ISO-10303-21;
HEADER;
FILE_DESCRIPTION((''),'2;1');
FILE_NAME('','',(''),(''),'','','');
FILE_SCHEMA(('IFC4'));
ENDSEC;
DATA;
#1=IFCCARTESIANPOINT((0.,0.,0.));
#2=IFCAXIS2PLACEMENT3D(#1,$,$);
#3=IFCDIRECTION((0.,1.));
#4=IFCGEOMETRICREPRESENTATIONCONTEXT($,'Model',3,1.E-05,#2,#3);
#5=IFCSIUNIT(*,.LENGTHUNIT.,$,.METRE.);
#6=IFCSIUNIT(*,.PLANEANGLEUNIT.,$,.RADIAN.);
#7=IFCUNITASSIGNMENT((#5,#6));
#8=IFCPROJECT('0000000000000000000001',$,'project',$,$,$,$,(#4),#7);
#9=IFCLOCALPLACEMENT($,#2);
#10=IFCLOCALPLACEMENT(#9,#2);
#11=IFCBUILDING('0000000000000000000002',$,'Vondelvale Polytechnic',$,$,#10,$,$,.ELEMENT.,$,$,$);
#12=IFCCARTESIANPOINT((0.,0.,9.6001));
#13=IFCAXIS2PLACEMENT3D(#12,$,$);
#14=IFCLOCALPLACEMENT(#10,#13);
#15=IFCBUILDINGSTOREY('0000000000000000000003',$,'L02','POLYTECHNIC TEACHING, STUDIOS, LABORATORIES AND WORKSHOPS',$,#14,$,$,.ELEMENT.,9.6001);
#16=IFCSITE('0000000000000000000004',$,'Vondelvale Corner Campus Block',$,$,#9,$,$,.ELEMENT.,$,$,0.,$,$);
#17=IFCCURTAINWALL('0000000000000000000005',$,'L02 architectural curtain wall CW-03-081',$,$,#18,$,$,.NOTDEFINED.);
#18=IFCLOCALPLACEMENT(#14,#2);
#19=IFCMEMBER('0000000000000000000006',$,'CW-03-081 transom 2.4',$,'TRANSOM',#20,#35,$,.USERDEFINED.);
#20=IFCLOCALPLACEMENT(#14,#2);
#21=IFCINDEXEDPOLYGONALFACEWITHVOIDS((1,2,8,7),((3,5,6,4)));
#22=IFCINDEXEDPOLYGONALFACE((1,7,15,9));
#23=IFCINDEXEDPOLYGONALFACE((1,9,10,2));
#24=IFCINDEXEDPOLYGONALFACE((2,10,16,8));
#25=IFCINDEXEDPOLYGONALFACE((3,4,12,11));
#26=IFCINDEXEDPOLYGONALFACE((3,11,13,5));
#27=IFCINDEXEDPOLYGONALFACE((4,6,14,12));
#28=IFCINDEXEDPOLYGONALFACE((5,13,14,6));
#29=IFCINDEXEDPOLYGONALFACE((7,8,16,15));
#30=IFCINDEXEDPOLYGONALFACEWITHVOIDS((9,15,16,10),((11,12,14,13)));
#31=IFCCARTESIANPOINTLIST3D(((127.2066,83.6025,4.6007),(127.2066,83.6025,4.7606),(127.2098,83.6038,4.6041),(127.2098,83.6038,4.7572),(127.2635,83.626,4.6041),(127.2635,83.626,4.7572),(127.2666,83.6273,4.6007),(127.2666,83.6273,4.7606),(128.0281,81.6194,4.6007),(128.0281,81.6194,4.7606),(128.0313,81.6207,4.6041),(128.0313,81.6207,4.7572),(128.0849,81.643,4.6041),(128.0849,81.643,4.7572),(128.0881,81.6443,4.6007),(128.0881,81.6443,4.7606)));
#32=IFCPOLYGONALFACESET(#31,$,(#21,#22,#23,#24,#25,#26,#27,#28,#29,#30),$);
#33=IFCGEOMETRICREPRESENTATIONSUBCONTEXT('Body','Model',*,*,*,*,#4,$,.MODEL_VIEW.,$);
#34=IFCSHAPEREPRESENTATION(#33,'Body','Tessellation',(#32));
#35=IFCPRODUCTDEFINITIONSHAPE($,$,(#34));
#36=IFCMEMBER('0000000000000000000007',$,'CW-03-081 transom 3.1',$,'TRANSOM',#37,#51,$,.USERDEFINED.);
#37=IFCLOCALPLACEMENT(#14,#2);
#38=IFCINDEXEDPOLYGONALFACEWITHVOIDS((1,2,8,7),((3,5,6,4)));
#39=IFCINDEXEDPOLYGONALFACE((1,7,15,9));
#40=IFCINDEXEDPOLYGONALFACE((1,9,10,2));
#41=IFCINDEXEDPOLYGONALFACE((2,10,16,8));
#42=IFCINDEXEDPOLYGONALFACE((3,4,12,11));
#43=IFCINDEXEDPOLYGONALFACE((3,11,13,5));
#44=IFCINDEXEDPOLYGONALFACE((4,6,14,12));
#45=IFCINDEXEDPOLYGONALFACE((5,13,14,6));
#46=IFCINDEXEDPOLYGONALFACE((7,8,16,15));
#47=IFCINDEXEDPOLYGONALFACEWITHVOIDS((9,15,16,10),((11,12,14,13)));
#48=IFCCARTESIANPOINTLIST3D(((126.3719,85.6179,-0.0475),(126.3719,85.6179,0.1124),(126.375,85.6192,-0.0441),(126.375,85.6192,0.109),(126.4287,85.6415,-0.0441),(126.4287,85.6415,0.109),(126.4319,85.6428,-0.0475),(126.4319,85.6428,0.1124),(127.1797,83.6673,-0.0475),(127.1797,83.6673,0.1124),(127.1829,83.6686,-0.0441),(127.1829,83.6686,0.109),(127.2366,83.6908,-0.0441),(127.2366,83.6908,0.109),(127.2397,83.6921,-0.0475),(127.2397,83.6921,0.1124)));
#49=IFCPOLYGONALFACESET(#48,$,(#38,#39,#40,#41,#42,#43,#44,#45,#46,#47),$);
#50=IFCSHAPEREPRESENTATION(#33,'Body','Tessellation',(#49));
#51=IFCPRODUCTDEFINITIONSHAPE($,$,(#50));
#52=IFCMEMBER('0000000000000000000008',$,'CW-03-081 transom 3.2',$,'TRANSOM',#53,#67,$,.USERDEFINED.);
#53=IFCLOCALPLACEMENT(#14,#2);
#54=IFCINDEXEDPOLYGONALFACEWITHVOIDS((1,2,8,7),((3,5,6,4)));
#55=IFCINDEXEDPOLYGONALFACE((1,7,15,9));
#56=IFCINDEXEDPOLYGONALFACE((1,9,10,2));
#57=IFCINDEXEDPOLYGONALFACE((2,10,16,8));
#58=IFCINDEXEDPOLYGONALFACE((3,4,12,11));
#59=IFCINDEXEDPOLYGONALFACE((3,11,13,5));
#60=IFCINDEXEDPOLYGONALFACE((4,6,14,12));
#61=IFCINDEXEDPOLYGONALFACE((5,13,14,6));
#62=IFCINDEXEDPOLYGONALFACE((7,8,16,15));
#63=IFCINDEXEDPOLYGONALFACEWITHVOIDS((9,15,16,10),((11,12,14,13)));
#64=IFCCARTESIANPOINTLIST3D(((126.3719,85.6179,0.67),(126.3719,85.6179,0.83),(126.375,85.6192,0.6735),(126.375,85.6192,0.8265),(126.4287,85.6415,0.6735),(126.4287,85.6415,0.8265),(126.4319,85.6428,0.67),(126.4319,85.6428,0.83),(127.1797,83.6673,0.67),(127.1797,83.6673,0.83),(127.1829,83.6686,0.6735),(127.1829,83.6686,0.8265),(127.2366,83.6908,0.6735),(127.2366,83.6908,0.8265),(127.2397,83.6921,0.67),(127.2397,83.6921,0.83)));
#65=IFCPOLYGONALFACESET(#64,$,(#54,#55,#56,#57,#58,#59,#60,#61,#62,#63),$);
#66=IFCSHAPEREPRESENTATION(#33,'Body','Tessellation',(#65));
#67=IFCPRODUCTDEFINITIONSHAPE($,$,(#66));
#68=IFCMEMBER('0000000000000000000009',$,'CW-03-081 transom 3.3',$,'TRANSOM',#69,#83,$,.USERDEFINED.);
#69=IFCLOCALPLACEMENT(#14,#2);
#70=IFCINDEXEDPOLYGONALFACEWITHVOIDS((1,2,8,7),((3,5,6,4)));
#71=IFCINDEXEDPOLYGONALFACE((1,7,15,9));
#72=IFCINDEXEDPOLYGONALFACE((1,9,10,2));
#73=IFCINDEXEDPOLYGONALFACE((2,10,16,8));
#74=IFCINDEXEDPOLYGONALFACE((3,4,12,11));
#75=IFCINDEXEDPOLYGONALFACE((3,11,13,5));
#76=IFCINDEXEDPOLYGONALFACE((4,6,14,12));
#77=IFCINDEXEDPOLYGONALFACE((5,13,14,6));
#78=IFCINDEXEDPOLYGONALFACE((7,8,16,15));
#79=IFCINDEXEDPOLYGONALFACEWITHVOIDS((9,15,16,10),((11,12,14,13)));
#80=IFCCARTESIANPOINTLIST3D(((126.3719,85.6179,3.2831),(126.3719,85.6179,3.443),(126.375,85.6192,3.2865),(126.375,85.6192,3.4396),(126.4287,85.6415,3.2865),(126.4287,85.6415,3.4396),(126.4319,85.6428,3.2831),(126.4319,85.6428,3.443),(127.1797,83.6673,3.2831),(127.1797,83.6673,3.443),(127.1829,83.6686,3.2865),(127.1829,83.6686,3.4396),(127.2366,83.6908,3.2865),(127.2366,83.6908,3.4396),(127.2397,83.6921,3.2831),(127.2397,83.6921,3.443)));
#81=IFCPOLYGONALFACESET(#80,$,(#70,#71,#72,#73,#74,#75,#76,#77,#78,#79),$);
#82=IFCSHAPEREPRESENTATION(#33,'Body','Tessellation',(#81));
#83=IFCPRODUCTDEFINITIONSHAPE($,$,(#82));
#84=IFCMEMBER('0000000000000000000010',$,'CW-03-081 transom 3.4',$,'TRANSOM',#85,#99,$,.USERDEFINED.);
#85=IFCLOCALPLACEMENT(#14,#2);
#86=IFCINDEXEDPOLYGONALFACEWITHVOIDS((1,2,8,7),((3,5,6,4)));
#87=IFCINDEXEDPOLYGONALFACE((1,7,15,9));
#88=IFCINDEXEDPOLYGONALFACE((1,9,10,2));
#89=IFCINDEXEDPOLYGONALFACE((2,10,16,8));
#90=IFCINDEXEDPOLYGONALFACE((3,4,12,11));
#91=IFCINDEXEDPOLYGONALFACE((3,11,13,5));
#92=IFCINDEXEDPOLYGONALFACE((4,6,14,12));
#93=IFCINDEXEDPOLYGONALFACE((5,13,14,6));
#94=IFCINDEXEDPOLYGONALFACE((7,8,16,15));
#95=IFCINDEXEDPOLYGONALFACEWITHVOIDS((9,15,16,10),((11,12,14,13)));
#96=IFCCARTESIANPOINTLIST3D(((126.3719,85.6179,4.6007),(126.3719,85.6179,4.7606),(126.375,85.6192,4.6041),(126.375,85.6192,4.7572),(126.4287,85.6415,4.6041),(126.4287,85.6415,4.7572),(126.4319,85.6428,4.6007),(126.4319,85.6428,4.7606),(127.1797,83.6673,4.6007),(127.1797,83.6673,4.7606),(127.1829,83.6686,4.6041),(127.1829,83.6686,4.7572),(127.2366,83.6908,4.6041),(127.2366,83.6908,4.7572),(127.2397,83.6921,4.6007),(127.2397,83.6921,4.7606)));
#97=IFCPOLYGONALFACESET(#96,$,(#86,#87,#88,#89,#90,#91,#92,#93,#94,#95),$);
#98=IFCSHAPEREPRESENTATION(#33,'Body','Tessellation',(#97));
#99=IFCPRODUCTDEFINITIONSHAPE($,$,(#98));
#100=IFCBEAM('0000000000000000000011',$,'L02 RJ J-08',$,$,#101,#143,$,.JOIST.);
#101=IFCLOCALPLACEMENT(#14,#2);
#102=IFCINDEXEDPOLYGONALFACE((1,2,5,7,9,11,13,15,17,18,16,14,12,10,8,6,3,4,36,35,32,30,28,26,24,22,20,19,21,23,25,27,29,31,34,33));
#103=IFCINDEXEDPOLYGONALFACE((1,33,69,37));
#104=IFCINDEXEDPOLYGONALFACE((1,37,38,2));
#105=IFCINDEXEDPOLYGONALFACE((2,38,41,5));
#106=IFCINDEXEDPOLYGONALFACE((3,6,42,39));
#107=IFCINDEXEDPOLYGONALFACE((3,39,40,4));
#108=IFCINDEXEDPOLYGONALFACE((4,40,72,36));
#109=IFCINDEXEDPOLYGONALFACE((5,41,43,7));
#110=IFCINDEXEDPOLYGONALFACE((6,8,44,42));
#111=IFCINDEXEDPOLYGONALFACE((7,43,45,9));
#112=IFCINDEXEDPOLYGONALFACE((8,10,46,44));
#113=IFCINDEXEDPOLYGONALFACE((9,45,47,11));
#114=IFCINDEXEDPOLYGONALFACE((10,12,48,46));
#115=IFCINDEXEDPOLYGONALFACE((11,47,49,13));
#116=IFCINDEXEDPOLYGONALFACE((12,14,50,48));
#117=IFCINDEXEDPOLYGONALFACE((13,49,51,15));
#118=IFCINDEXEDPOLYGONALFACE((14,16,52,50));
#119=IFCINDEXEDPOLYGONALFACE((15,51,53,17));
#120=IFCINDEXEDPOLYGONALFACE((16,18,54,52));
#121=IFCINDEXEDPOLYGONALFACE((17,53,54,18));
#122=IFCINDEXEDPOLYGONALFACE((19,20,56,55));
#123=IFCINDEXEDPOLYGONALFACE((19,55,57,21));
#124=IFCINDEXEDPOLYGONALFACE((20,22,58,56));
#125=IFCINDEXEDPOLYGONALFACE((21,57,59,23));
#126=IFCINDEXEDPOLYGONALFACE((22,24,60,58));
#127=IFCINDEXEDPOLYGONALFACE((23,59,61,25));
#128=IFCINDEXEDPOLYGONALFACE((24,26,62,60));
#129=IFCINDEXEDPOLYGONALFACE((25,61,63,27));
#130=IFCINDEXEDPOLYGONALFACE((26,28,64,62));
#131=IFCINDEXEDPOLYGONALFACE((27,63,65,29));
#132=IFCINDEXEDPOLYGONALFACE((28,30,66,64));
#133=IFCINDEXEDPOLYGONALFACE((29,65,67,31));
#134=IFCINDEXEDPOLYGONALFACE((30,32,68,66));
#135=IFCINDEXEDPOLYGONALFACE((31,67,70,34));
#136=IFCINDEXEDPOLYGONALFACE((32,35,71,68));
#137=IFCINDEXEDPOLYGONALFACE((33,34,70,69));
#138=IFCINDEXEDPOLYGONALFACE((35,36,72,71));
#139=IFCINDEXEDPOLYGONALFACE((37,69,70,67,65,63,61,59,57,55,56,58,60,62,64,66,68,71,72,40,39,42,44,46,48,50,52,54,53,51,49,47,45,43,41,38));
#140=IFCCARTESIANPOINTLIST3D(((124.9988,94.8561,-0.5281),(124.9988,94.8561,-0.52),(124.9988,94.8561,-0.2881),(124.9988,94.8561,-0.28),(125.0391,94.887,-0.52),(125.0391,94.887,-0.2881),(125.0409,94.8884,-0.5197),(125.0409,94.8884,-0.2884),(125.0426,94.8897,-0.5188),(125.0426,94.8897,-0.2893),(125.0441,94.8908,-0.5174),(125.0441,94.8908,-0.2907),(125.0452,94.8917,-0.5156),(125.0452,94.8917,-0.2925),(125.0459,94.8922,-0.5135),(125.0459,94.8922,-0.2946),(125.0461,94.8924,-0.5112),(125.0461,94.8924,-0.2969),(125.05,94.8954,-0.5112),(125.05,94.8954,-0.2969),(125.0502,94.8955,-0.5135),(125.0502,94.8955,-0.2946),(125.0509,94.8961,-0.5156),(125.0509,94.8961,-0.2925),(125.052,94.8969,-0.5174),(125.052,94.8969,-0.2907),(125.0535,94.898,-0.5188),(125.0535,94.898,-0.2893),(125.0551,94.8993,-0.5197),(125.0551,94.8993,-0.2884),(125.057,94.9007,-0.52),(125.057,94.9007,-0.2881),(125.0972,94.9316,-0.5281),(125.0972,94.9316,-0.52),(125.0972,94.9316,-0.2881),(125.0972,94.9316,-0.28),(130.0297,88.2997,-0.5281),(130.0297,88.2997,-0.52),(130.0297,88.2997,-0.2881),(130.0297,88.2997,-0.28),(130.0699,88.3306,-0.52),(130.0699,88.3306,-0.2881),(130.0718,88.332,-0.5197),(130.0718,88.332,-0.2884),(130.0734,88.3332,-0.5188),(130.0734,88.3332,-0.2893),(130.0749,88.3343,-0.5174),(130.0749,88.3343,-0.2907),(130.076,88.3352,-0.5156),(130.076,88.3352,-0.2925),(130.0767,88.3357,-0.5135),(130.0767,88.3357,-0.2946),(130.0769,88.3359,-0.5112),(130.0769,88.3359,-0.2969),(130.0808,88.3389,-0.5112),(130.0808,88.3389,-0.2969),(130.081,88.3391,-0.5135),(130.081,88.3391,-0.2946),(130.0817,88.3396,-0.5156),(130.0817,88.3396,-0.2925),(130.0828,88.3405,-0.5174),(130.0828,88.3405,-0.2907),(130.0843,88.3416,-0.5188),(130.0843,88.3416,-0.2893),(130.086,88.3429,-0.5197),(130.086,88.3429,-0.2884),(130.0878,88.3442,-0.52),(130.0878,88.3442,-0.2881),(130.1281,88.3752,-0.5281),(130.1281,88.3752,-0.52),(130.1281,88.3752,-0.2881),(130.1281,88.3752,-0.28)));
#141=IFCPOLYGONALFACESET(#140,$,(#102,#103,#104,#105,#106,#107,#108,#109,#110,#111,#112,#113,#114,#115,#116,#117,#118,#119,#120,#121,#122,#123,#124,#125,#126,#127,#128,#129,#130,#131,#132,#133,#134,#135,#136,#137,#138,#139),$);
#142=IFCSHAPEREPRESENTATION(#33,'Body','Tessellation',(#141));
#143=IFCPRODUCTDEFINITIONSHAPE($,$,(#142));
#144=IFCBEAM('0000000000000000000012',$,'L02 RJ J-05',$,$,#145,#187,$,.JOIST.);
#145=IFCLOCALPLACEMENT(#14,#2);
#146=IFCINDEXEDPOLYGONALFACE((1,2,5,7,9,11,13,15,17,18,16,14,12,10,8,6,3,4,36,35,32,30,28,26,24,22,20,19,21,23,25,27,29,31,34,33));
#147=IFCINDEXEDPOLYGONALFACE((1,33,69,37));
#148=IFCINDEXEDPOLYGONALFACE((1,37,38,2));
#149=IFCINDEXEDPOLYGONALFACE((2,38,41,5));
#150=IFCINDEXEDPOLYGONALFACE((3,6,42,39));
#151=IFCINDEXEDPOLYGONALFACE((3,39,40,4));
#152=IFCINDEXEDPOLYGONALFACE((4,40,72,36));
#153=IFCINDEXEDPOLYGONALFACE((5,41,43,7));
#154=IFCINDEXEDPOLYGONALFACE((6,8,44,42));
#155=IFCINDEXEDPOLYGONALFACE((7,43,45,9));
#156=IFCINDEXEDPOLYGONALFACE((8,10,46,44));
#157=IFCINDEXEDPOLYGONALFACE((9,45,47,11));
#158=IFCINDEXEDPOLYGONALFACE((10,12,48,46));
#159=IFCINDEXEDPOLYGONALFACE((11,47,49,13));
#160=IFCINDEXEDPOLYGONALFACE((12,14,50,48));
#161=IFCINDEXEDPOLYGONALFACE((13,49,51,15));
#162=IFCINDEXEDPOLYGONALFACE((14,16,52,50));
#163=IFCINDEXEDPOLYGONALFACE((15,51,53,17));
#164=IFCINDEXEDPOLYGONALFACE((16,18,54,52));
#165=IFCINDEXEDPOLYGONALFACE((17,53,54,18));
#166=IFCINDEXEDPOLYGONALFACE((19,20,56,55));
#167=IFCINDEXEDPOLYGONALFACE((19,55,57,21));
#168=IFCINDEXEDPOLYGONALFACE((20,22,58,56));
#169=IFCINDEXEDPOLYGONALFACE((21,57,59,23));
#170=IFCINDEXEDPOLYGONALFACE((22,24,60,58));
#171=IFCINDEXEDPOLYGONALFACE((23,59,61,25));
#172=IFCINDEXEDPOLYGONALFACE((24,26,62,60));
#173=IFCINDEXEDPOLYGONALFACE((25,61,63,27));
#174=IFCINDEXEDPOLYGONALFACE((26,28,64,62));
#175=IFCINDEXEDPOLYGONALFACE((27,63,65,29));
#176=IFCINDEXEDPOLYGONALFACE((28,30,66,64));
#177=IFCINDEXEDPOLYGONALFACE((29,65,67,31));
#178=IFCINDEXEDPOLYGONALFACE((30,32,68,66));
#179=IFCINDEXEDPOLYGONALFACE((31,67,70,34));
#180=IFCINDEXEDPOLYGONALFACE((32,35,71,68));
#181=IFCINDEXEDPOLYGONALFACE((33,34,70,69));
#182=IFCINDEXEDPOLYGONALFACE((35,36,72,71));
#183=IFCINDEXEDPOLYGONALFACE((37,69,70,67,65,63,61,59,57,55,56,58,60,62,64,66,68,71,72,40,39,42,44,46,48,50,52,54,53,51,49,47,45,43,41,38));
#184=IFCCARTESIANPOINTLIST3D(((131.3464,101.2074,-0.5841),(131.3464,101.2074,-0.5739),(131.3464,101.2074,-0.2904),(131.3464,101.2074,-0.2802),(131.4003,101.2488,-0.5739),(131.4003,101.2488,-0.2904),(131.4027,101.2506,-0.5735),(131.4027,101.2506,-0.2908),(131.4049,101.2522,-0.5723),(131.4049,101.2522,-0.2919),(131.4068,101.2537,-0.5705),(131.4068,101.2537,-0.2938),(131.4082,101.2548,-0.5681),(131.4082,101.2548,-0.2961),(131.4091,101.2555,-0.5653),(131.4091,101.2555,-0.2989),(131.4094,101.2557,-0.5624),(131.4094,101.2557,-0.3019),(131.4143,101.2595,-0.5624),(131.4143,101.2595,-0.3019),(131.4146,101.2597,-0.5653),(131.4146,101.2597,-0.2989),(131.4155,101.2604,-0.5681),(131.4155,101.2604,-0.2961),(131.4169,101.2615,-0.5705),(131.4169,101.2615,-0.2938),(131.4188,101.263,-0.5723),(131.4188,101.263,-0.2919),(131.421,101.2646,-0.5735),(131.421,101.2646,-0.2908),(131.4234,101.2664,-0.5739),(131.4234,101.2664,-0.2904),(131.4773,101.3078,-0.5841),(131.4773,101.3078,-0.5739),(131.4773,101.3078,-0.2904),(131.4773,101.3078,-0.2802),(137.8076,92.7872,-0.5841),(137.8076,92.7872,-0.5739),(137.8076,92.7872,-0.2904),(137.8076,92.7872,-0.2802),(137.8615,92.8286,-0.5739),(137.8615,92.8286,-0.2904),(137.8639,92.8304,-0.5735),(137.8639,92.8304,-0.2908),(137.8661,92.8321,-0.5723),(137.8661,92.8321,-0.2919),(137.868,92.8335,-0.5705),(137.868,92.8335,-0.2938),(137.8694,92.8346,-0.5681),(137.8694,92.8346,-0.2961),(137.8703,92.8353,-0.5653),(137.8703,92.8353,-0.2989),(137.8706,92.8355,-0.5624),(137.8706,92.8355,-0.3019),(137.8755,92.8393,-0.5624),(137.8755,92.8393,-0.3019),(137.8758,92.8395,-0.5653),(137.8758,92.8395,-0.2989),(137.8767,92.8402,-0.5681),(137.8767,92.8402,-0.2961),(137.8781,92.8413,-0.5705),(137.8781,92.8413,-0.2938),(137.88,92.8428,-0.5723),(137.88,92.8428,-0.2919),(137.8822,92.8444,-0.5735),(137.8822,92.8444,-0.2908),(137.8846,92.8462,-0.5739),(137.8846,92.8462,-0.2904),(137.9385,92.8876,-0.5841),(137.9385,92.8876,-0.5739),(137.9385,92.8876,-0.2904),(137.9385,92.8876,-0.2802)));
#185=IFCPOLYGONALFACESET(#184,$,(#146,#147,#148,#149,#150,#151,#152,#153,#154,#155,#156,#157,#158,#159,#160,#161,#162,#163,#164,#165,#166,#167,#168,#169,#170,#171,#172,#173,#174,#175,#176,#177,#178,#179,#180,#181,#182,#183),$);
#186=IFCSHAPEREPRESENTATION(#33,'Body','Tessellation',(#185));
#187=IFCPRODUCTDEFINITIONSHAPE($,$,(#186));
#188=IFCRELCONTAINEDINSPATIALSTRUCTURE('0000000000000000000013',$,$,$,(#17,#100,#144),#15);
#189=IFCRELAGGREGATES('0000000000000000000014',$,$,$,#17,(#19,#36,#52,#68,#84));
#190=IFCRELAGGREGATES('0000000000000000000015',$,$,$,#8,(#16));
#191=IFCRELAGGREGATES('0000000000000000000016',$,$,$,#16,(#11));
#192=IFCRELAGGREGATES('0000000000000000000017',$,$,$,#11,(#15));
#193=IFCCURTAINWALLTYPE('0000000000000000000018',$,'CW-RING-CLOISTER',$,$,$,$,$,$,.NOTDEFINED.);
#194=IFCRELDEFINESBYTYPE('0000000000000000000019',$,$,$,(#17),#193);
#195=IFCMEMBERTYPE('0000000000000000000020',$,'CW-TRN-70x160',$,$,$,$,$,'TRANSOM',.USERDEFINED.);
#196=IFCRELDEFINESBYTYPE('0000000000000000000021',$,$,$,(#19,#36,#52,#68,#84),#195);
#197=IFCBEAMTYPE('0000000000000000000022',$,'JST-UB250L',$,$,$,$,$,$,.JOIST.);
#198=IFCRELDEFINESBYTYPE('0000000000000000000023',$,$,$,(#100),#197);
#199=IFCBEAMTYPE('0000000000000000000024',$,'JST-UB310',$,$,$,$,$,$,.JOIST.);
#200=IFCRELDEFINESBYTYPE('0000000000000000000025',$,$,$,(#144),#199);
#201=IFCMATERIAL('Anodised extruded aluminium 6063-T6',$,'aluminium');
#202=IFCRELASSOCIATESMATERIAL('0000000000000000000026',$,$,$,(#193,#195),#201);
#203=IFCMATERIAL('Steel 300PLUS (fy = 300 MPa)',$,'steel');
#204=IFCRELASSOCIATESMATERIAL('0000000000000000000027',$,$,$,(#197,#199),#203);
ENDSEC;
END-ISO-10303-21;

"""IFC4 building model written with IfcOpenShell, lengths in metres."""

from ifc_helpers import new_model, si_unit, direction, frame, origin, origin_2d, place, context, subcontext, project, spatial, hollow_rectangle, i_section, extrude, material, material_profile, profile_set, type_object, element, aggregate, save


model = new_model("IFC4")

# Units and contexts
model_context = context("Model", 3, precision=1e-05, world=origin(), true_north=direction((0.0, 1.0)))
body_context = subcontext(model_context, "Body", "Model", "MODEL_VIEW")
ifc_project = project(units=[si_unit("LENGTHUNIT", "METRE"), si_unit("PLANEANGLEUNIT", "RADIAN")], contexts=[model_context])

# Site, building, storey
site_placement = place(None, origin())
site = spatial("IfcSite", under=ifc_project, at=site_placement, Name="Vondelvale Corner Campus Block", CompositionType="ELEMENT", RefElevation=0.0)
building_placement = place(site_placement, origin())
building = spatial("IfcBuilding", under=site, at=building_placement, Name="Vondelvale Polytechnic", CompositionType="ELEMENT")
storey_placement = place(building_placement, frame((0.0, 0.0, 9.6001)))
storey = spatial("IfcBuildingStorey", under=building, at=storey_placement, Name="L02", Description="POLYTECHNIC TEACHING, STUDIOS, LABORATORIES AND WORKSHOPS", CompositionType="ELEMENT", Elevation=9.6001)

# Shared definitions
ifc_material_1 = material(Name="Steel 300PLUS (fy = 300 MPa)", Category="steel")

# Curtain wall, members
ifc_material_2 = material(Name="Anodised extruded aluminium 6063-T6", Category="aluminium")
curtain_wall_type = type_object("IfcCurtainWallType", Name="CW-RING-CLOISTER", PredefinedType="NOTDEFINED", material=ifc_material_2)
curtain_wall_placement = place(storey_placement, origin())
curtain_wall = element("IfcCurtainWall", 1, at=curtain_wall_placement, inside=storey, type_object=curtain_wall_type, Name="L02 architectural curtain wall CW-03-081", PredefinedType="NOTDEFINED")
ifc_material_profile_1 = material_profile(ifc_material_2, hollow_rectangle(XDim=0.0649, YDim=0.1599, WallThickness=0.0034, at=origin_2d()), Name="CW-TRN-160x65")
ifc_profile_set_1 = profile_set([ifc_material_profile_1], Name="Anodised extruded aluminium 6063-T6")
member_type_1 = type_object("IfcMemberType", Name="CW-TRN-70x160", ElementType="TRANSOM", PredefinedType="USERDEFINED", material=ifc_profile_set_1)
member_1_placement = place(storey_placement, frame((128.0581, 81.6318, 4.6807), z_axis=(-0.382717, 0.923866, 0.0), x_axis=(-0.923866, -0.382717, 0.0)))
member_1 = element("IfcMember", 2, at=member_1_placement, type_object=member_type_1, Name="CW-03-081 transom 2.4", ObjectType="TRANSOM", PredefinedType="USERDEFINED", context=body_context, shape_type="SweptSolid", body=[
    extrude(hollow_rectangle(XDim=0.0649, YDim=0.1599, WallThickness=0.0034, at=origin_2d()), origin(), (0.0, 0.0, 1.0), 2.1465),
])
member_2_placement = place(storey_placement, frame((127.2097, 83.6797, 0.0325), z_axis=(-0.382628, 0.923903, 0.0), x_axis=(-0.923903, -0.382628, 0.0)))
member_2 = element("IfcMember", 3, at=member_2_placement, type_object=member_type_1, Name="CW-03-081 transom 3.1", ObjectType="TRANSOM", PredefinedType="USERDEFINED", context=body_context, shape_type="SweptSolid", body=[
    extrude(hollow_rectangle(XDim=0.0649, YDim=0.1599, WallThickness=0.0034, at=origin_2d()), origin(), (0.0, 0.0, 1.0), 2.1113),
])
member_3_placement = place(storey_placement, frame((127.2097, 83.6797, 0.75), z_axis=(-0.382628, 0.923903, 0.0), x_axis=(-0.923903, -0.382628, 0.0)))
member_3 = element("IfcMember", 4, at=member_3_placement, type_object=member_type_1, Name="CW-03-081 transom 3.2", ObjectType="TRANSOM", PredefinedType="USERDEFINED", context=body_context, shape_type="SweptSolid", body=[
    extrude(hollow_rectangle(XDim=0.0649, YDim=0.1599, WallThickness=0.0034, at=origin_2d()), origin(), (0.0, 0.0, 1.0), 2.1113),
])
member_4_placement = place(storey_placement, frame((127.2097, 83.6797, 3.363), z_axis=(-0.382628, 0.923903, 0.0), x_axis=(-0.923903, -0.382628, 0.0)))
member_4 = element("IfcMember", 5, at=member_4_placement, type_object=member_type_1, Name="CW-03-081 transom 3.3", ObjectType="TRANSOM", PredefinedType="USERDEFINED", context=body_context, shape_type="SweptSolid", body=[
    extrude(hollow_rectangle(XDim=0.0649, YDim=0.1599, WallThickness=0.0034, at=origin_2d()), origin(), (0.0, 0.0, 1.0), 2.1113),
])
member_5_placement = place(storey_placement, frame((127.2097, 83.6797, 4.6807), z_axis=(-0.382628, 0.923903, 0.0), x_axis=(-0.923903, -0.382628, 0.0)))
member_5 = element("IfcMember", 6, at=member_5_placement, type_object=member_type_1, Name="CW-03-081 transom 3.4", ObjectType="TRANSOM", PredefinedType="USERDEFINED", context=body_context, shape_type="SweptSolid", body=[
    extrude(hollow_rectangle(XDim=0.0649, YDim=0.1599, WallThickness=0.0034, at=origin_2d()), origin(), (0.0, 0.0, 1.0), 2.1113),
])

# Beams
ifc_material_profile_2 = material_profile(ifc_material_1, i_section(OverallWidth=0.124, OverallDepth=0.248, WebThickness=0.0049, FlangeThickness=0.0081, FilletRadius=0.0088, at=origin_2d()), Name="250UB25.7")
ifc_profile_set_2 = profile_set([ifc_material_profile_2], Name="Steel 300PLUS (fy = 300 MPa)")
beam_type_1 = type_object("IfcBeamType", Name="JST-UB250L", PredefinedType="JOIST", material=ifc_profile_set_2)
beam_1_placement = place(storey_placement, frame((130.0789, 88.3374, -0.4041), z_axis=(-0.608751, 0.793361, 0.0), x_axis=(-0.793361, -0.608751, 0.0)))
element("IfcBeam", 7, at=beam_1_placement, inside=storey, type_object=beam_type_1, Name="L02 RJ J-08", PredefinedType="JOIST", context=body_context, shape_type="SweptSolid", body=[
    extrude(i_section(OverallWidth=0.124, OverallDepth=0.248, WebThickness=0.0049, FlangeThickness=0.0081, FilletRadius=0.0088, at=origin_2d()), origin(), (0.0, 0.0, 1.0), 8.2642),
])
ifc_material_profile_3 = material_profile(ifc_material_1, i_section(OverallWidth=0.165, OverallDepth=0.304, WebThickness=0.0061, FlangeThickness=0.0103, FilletRadius=0.0115, at=origin_2d()), Name="310UB40.4")
ifc_profile_set_3 = profile_set([ifc_material_profile_3], Name="Steel 300PLUS (fy = 300 MPa)")
beam_type_2 = type_object("IfcBeamType", Name="JST-UB310", PredefinedType="JOIST", material=ifc_profile_set_3)
beam_2_placement = place(storey_placement, frame((137.873, 92.8374, -0.4321), z_axis=(-0.608771, 0.793346, 0.0), x_axis=(-0.793346, -0.608771, 0.0)))
element("IfcBeam", 8, at=beam_2_placement, inside=storey, type_object=beam_type_2, Name="L02 RJ J-05", PredefinedType="JOIST", context=body_context, shape_type="SweptSolid", body=[
    extrude(i_section(OverallWidth=0.165, OverallDepth=0.304, WebThickness=0.0061, FlangeThickness=0.0103, FilletRadius=0.0115, at=origin_2d()), origin(), (0.0, 0.0, 1.0), 10.6135),
])

aggregate(curtain_wall, [member_1, member_2, member_3, member_4, member_5])

save(model, "model.ifc")
